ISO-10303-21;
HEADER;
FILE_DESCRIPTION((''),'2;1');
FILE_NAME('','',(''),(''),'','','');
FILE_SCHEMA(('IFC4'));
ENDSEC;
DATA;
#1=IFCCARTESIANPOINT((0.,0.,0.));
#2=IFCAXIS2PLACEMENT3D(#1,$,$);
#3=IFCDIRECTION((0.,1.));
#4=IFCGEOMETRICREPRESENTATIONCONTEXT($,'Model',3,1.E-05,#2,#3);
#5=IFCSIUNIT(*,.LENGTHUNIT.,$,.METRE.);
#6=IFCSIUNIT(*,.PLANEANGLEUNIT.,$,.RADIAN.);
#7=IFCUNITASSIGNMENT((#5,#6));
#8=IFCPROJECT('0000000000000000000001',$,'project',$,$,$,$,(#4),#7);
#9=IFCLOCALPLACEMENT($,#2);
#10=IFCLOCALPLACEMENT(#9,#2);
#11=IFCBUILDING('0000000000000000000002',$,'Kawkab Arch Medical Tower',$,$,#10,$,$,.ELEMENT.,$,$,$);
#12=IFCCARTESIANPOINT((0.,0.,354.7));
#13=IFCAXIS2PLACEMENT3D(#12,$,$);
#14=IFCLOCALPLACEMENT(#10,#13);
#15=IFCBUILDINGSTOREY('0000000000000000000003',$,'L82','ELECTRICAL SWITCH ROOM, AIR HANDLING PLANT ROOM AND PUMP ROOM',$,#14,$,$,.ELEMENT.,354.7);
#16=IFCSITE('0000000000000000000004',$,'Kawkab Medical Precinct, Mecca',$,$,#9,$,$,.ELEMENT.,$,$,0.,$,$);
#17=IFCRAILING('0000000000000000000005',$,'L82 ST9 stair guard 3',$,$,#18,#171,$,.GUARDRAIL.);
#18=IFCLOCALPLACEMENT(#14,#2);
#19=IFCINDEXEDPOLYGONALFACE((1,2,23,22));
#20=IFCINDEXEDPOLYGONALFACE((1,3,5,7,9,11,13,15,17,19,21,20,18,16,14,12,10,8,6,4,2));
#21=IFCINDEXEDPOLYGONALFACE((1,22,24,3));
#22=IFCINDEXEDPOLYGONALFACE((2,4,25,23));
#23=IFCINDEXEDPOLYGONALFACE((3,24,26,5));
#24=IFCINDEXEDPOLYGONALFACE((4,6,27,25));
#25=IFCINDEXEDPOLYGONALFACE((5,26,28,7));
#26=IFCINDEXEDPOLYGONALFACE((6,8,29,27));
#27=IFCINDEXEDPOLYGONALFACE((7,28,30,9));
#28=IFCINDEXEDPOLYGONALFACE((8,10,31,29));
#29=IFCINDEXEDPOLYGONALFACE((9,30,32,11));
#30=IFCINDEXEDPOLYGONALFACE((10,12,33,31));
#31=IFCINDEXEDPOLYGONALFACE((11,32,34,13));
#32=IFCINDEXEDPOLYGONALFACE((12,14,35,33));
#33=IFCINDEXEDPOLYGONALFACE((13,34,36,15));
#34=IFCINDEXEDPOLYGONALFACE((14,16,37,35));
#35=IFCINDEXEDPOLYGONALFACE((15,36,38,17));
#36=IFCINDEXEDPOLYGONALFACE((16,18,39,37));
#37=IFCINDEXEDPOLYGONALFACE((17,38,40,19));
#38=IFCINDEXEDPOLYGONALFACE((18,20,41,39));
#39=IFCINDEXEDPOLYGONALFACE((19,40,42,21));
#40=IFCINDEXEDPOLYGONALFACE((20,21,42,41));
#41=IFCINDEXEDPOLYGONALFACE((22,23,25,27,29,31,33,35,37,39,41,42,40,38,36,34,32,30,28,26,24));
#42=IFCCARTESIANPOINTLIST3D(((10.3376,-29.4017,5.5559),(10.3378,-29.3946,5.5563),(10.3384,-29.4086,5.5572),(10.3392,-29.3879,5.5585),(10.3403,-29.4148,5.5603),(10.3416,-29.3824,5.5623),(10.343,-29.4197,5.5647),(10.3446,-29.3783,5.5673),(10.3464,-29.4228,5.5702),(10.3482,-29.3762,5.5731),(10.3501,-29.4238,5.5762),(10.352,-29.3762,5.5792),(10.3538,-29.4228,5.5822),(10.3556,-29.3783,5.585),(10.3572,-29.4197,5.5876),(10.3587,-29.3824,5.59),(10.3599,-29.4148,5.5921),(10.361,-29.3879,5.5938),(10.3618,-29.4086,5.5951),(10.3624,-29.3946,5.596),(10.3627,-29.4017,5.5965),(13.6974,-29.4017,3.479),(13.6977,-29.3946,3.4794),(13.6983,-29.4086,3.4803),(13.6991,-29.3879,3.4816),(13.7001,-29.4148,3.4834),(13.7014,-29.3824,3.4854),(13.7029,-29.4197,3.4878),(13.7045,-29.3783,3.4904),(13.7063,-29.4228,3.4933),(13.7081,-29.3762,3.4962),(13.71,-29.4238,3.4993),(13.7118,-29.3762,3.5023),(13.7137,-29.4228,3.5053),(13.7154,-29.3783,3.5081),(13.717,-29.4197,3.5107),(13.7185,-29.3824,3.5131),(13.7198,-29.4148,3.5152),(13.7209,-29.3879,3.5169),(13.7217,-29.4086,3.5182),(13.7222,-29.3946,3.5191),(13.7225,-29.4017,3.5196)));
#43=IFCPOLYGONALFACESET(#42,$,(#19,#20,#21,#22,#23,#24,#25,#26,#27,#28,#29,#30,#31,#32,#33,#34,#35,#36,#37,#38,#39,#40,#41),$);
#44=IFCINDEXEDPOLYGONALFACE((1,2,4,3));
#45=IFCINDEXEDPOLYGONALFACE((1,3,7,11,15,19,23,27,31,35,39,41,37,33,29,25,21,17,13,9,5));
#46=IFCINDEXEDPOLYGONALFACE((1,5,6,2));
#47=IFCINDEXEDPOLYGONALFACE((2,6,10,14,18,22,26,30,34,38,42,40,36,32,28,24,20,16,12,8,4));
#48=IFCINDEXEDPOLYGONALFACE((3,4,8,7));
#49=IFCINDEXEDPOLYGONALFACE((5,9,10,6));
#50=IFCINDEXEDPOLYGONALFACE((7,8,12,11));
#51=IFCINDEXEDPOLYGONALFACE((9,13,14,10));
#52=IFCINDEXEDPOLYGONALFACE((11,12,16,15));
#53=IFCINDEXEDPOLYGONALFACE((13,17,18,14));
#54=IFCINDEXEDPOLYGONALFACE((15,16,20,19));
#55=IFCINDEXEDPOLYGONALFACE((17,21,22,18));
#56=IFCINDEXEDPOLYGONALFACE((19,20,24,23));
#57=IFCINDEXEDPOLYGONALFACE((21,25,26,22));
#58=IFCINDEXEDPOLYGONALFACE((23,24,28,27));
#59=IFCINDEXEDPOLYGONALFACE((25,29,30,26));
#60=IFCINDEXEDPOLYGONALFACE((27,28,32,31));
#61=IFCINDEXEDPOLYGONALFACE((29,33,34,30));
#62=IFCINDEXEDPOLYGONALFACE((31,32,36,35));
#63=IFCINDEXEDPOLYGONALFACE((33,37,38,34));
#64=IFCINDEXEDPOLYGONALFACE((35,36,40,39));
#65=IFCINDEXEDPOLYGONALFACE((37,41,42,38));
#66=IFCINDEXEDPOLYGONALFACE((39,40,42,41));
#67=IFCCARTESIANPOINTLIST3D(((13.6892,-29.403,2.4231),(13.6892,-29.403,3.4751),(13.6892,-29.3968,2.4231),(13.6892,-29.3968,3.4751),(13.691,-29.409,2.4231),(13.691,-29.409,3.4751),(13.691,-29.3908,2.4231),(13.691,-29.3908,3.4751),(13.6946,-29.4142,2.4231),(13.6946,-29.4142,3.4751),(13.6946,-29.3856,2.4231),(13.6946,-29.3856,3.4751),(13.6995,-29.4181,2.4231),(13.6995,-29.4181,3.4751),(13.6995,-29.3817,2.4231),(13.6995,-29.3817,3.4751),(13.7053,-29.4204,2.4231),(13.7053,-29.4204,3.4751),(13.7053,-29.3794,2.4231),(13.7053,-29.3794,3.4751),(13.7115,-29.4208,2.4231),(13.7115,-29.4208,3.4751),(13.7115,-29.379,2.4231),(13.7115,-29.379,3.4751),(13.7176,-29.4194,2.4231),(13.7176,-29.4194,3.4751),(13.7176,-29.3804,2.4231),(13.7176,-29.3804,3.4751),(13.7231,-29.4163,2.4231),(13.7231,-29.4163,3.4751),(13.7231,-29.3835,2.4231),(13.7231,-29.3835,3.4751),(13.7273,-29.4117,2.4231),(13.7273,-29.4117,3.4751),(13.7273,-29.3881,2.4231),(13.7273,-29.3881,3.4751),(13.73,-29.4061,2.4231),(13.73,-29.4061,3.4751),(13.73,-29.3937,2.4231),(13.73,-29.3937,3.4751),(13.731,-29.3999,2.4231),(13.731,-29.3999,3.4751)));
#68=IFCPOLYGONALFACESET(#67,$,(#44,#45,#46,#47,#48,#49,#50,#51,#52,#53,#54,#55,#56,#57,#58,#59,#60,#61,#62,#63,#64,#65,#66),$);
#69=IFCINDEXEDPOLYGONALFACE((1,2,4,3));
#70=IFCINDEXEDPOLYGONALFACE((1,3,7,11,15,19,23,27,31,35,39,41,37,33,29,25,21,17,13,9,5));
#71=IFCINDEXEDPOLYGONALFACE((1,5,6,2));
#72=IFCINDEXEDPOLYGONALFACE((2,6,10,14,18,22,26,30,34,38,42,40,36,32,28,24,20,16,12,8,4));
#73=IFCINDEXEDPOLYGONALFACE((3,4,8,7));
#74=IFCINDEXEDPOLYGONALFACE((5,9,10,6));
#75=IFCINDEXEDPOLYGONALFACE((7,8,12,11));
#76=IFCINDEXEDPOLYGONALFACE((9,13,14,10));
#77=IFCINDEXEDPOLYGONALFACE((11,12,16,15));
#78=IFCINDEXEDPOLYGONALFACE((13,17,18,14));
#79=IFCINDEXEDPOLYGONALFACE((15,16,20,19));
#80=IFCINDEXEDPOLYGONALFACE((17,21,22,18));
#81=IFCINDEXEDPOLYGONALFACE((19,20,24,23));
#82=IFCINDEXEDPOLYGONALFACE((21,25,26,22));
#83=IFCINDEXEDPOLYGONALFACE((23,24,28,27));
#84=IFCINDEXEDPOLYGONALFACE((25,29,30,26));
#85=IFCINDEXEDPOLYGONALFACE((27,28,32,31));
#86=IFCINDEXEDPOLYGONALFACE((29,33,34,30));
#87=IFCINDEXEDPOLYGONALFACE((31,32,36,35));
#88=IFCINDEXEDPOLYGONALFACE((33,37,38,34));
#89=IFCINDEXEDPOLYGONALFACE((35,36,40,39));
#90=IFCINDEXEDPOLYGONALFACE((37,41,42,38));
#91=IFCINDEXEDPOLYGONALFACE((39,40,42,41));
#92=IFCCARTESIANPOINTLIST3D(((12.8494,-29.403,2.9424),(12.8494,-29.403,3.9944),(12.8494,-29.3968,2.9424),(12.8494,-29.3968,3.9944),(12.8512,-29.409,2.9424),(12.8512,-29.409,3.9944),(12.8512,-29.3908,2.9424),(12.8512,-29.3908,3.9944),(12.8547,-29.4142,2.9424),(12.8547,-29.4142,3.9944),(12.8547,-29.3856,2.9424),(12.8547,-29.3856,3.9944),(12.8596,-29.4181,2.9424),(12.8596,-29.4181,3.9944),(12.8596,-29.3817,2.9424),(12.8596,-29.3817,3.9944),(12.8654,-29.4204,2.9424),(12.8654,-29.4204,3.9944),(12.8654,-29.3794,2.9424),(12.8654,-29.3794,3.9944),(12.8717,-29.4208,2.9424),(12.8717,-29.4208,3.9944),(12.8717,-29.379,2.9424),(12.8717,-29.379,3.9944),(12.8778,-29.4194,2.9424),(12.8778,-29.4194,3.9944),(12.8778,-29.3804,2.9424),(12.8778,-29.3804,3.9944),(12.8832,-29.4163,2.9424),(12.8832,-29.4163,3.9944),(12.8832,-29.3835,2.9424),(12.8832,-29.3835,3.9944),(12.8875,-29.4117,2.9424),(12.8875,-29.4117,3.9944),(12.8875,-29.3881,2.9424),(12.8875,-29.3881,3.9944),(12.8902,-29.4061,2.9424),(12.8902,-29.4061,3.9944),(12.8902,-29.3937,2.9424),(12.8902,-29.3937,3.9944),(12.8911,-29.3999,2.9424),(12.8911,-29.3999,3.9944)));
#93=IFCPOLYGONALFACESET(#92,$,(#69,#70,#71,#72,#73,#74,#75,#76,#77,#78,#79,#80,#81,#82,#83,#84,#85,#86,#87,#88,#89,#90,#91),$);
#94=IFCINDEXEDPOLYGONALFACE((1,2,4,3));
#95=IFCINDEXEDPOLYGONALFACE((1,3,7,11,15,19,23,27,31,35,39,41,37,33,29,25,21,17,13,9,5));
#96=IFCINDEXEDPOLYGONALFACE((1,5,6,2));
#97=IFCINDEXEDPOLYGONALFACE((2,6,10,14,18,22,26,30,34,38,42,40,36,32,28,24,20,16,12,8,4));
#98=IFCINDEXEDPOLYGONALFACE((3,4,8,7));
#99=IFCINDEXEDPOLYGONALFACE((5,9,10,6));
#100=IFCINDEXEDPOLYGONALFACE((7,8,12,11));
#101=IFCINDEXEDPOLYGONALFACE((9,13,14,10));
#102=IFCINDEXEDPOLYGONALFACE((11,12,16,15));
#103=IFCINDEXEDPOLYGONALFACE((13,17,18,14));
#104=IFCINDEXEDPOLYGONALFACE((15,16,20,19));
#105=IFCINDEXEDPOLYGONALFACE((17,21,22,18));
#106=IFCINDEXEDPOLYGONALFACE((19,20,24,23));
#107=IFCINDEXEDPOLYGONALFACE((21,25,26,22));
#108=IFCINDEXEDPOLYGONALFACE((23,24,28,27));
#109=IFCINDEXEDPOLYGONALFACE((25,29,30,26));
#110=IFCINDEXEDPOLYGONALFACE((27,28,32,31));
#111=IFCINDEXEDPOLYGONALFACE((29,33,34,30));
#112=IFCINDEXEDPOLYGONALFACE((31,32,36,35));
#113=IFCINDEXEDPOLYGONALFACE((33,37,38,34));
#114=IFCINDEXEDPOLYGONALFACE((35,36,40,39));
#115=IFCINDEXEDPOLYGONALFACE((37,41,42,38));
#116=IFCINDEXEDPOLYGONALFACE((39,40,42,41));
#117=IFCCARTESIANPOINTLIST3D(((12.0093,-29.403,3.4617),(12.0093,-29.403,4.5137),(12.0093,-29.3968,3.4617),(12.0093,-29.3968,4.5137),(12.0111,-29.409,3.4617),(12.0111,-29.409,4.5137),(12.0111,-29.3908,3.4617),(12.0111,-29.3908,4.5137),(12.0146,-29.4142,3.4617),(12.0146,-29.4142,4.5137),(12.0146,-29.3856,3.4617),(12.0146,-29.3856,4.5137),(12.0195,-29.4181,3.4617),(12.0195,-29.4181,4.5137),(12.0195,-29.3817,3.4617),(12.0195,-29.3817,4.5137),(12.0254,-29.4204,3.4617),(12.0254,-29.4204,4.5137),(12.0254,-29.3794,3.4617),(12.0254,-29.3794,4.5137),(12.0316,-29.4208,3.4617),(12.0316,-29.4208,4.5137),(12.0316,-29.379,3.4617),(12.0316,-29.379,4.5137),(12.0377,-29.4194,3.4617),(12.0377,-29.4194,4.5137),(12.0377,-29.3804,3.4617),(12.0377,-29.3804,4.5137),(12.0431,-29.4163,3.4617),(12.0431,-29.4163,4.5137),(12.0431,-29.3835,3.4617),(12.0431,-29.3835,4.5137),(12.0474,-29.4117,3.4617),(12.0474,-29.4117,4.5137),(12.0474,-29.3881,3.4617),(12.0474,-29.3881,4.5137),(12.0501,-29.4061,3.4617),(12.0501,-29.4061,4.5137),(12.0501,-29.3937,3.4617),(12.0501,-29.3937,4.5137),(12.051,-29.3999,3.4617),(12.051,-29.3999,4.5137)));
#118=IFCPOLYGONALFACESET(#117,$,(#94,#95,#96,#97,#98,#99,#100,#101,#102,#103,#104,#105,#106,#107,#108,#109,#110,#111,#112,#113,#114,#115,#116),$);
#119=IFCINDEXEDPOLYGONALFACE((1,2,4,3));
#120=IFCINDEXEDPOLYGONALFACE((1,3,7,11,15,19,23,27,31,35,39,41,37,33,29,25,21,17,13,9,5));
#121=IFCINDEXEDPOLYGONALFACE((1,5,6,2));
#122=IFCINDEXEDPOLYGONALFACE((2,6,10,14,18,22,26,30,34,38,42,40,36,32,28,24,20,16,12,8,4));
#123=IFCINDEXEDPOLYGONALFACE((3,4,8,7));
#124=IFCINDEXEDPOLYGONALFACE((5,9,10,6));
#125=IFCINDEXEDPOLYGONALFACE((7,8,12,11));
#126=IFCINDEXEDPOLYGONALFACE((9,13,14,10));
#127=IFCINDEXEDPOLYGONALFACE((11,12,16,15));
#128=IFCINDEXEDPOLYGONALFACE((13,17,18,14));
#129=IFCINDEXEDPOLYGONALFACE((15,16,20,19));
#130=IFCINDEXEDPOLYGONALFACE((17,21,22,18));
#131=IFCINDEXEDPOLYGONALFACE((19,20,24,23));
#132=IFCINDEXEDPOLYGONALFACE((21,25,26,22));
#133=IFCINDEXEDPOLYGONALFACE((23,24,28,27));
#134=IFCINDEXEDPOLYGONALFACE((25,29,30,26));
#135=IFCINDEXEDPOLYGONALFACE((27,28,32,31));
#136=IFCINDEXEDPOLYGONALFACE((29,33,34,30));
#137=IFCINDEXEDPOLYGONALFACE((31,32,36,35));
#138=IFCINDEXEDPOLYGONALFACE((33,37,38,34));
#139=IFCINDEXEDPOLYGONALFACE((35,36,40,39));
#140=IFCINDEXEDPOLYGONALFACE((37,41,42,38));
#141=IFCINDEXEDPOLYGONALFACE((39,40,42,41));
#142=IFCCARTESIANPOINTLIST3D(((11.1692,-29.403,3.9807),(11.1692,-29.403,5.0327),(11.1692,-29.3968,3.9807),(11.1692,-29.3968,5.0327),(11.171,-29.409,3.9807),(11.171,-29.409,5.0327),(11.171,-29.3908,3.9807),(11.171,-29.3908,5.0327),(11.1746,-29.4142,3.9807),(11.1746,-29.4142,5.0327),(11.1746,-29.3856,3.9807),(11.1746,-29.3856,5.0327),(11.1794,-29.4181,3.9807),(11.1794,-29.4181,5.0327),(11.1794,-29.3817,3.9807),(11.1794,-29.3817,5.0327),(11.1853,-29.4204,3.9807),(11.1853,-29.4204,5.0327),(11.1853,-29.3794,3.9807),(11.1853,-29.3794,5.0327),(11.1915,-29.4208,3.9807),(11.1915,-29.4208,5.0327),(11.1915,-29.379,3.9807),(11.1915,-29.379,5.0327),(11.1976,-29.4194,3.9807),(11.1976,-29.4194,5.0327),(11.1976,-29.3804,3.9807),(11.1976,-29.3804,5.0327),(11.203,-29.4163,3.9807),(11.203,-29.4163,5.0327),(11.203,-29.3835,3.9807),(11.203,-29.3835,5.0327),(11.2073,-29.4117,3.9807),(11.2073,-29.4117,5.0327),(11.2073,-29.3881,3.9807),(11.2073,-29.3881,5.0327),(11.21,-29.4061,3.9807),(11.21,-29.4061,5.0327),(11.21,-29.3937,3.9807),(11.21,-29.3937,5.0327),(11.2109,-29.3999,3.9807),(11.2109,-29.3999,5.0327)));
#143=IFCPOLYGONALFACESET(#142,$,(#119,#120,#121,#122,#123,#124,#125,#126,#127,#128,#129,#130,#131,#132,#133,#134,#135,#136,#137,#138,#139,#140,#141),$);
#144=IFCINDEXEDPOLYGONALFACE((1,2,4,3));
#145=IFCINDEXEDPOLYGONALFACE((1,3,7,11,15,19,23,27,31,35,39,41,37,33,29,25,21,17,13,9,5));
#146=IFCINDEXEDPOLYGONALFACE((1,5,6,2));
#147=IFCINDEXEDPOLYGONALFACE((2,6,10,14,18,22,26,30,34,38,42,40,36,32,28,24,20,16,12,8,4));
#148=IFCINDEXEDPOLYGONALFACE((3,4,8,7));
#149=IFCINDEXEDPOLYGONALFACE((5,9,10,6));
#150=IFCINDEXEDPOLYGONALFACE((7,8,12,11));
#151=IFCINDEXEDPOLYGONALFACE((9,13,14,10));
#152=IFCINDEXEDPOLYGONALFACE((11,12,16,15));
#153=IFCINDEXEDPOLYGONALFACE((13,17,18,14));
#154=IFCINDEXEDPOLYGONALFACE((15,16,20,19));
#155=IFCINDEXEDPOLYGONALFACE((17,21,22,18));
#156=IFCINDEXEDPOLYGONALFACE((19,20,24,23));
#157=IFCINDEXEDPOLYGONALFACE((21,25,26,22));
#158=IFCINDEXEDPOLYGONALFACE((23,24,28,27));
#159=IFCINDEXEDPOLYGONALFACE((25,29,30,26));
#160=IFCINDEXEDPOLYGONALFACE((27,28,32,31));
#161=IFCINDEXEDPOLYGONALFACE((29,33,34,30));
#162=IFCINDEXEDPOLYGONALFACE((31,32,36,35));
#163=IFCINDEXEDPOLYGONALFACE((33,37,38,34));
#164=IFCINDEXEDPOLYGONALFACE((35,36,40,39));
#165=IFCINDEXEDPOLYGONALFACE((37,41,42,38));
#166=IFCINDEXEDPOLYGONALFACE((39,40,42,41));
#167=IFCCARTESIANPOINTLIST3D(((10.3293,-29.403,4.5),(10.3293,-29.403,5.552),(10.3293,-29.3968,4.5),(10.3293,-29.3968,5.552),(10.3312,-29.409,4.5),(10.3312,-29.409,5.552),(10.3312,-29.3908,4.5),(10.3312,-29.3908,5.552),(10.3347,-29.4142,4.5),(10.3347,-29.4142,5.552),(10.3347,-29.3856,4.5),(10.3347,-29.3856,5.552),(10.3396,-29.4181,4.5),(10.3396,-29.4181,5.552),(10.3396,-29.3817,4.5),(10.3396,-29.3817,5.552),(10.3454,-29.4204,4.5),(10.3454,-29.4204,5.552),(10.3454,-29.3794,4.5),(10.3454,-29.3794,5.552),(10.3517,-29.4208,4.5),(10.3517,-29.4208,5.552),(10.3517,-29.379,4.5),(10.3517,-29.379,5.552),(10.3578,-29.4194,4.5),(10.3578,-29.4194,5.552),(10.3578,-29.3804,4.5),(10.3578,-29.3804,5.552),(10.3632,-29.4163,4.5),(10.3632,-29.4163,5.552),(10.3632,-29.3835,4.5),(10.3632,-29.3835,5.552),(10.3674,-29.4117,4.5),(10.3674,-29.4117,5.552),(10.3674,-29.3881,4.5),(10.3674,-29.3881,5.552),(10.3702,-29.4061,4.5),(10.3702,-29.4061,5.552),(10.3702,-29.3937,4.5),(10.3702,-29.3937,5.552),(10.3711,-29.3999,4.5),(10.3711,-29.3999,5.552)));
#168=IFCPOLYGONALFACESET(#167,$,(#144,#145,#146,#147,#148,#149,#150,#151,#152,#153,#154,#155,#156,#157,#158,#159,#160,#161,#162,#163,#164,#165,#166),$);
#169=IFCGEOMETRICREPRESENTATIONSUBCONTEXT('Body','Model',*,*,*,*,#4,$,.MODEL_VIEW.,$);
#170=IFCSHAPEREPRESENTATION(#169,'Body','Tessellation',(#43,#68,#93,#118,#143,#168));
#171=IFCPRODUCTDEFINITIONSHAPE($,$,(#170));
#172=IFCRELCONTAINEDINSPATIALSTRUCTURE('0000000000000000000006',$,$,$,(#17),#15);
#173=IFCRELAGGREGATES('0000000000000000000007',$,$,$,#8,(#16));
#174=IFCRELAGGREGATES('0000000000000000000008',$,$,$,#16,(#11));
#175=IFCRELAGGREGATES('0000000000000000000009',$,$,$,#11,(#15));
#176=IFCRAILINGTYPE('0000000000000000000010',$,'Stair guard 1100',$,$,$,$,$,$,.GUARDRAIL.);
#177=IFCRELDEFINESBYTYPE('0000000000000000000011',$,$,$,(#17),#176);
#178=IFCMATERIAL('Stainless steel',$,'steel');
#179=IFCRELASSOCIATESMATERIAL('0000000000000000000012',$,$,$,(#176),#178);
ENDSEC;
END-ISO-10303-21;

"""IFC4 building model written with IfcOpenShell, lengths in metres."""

from ifc_helpers import new_model, si_unit, direction, frame, origin, origin_2d, place, context, subcontext, project, spatial, circle, extrude, material, type_object, element, save


model = new_model("IFC4")

# Units and contexts
model_context = context("Model", 3, precision=1e-05, world=origin(), true_north=direction((0.0, 1.0)))
body_context = subcontext(model_context, "Body", "Model", "MODEL_VIEW")
ifc_project = project(units=[si_unit("LENGTHUNIT", "METRE"), si_unit("PLANEANGLEUNIT", "RADIAN")], contexts=[model_context])

# Site, building, storey
site_placement = place(None, origin())
site = spatial("IfcSite", under=ifc_project, at=site_placement, Name="Kawkab Medical Precinct, Mecca", CompositionType="ELEMENT", RefElevation=0.0)
building_placement = place(site_placement, origin())
building = spatial("IfcBuilding", under=site, at=building_placement, Name="Kawkab Arch Medical Tower", CompositionType="ELEMENT")
storey_placement = place(building_placement, frame((0.0, 0.0, 354.7)))
storey = spatial("IfcBuildingStorey", under=building, at=storey_placement, Name="L82", Description="ELECTRICAL SWITCH ROOM, AIR HANDLING PLANT ROOM AND PUMP ROOM", CompositionType="ELEMENT", Elevation=354.7)

# Railing
ifc_material_1 = material(Name="Stainless steel", Category="steel")
railing_type = type_object("IfcRailingType", Name="Stair guard 1100", PredefinedType="GUARDRAIL", material=ifc_material_1)
railing_1_placement = place(storey_placement, frame((13.71, -29.3999, 2.4231)))
element("IfcRailing", 1, at=railing_1_placement, inside=storey, type_object=railing_type, Name="L82 ST9 stair guard 3", PredefinedType="GUARDRAIL", context=body_context, shape_type="SweptSolid", body=[
    extrude(circle(Radius=0.0239, at=origin_2d()), frame((0.0, 0.0, 1.0762), z_axis=(-0.850606, 0.0, 0.525803), x_axis=(0.0, -1.0, 0.0)), (0.0, 0.0, 1.0), 3.95),
    extrude(circle(Radius=0.021, at=origin_2d()), origin(), (0.0, 0.0, 1.0), 1.052),
    extrude(circle(Radius=0.021, at=origin_2d()), frame((-0.8398, 0.0, 0.5193)), (0.0, 0.0, 1.0), 1.052),
    extrude(circle(Radius=0.021, at=origin_2d()), frame((-1.6799, 0.0, 1.0386)), (0.0, 0.0, 1.0), 1.052),
    extrude(circle(Radius=0.021, at=origin_2d()), frame((-2.52, 0.0, 1.5576)), (0.0, 0.0, 1.0), 1.052),
    extrude(circle(Radius=0.021, at=origin_2d()), frame((-3.3599, 0.0, 2.0769)), (0.0, 0.0, 1.0), 1.052),
])

save(model, "model.ifc")
